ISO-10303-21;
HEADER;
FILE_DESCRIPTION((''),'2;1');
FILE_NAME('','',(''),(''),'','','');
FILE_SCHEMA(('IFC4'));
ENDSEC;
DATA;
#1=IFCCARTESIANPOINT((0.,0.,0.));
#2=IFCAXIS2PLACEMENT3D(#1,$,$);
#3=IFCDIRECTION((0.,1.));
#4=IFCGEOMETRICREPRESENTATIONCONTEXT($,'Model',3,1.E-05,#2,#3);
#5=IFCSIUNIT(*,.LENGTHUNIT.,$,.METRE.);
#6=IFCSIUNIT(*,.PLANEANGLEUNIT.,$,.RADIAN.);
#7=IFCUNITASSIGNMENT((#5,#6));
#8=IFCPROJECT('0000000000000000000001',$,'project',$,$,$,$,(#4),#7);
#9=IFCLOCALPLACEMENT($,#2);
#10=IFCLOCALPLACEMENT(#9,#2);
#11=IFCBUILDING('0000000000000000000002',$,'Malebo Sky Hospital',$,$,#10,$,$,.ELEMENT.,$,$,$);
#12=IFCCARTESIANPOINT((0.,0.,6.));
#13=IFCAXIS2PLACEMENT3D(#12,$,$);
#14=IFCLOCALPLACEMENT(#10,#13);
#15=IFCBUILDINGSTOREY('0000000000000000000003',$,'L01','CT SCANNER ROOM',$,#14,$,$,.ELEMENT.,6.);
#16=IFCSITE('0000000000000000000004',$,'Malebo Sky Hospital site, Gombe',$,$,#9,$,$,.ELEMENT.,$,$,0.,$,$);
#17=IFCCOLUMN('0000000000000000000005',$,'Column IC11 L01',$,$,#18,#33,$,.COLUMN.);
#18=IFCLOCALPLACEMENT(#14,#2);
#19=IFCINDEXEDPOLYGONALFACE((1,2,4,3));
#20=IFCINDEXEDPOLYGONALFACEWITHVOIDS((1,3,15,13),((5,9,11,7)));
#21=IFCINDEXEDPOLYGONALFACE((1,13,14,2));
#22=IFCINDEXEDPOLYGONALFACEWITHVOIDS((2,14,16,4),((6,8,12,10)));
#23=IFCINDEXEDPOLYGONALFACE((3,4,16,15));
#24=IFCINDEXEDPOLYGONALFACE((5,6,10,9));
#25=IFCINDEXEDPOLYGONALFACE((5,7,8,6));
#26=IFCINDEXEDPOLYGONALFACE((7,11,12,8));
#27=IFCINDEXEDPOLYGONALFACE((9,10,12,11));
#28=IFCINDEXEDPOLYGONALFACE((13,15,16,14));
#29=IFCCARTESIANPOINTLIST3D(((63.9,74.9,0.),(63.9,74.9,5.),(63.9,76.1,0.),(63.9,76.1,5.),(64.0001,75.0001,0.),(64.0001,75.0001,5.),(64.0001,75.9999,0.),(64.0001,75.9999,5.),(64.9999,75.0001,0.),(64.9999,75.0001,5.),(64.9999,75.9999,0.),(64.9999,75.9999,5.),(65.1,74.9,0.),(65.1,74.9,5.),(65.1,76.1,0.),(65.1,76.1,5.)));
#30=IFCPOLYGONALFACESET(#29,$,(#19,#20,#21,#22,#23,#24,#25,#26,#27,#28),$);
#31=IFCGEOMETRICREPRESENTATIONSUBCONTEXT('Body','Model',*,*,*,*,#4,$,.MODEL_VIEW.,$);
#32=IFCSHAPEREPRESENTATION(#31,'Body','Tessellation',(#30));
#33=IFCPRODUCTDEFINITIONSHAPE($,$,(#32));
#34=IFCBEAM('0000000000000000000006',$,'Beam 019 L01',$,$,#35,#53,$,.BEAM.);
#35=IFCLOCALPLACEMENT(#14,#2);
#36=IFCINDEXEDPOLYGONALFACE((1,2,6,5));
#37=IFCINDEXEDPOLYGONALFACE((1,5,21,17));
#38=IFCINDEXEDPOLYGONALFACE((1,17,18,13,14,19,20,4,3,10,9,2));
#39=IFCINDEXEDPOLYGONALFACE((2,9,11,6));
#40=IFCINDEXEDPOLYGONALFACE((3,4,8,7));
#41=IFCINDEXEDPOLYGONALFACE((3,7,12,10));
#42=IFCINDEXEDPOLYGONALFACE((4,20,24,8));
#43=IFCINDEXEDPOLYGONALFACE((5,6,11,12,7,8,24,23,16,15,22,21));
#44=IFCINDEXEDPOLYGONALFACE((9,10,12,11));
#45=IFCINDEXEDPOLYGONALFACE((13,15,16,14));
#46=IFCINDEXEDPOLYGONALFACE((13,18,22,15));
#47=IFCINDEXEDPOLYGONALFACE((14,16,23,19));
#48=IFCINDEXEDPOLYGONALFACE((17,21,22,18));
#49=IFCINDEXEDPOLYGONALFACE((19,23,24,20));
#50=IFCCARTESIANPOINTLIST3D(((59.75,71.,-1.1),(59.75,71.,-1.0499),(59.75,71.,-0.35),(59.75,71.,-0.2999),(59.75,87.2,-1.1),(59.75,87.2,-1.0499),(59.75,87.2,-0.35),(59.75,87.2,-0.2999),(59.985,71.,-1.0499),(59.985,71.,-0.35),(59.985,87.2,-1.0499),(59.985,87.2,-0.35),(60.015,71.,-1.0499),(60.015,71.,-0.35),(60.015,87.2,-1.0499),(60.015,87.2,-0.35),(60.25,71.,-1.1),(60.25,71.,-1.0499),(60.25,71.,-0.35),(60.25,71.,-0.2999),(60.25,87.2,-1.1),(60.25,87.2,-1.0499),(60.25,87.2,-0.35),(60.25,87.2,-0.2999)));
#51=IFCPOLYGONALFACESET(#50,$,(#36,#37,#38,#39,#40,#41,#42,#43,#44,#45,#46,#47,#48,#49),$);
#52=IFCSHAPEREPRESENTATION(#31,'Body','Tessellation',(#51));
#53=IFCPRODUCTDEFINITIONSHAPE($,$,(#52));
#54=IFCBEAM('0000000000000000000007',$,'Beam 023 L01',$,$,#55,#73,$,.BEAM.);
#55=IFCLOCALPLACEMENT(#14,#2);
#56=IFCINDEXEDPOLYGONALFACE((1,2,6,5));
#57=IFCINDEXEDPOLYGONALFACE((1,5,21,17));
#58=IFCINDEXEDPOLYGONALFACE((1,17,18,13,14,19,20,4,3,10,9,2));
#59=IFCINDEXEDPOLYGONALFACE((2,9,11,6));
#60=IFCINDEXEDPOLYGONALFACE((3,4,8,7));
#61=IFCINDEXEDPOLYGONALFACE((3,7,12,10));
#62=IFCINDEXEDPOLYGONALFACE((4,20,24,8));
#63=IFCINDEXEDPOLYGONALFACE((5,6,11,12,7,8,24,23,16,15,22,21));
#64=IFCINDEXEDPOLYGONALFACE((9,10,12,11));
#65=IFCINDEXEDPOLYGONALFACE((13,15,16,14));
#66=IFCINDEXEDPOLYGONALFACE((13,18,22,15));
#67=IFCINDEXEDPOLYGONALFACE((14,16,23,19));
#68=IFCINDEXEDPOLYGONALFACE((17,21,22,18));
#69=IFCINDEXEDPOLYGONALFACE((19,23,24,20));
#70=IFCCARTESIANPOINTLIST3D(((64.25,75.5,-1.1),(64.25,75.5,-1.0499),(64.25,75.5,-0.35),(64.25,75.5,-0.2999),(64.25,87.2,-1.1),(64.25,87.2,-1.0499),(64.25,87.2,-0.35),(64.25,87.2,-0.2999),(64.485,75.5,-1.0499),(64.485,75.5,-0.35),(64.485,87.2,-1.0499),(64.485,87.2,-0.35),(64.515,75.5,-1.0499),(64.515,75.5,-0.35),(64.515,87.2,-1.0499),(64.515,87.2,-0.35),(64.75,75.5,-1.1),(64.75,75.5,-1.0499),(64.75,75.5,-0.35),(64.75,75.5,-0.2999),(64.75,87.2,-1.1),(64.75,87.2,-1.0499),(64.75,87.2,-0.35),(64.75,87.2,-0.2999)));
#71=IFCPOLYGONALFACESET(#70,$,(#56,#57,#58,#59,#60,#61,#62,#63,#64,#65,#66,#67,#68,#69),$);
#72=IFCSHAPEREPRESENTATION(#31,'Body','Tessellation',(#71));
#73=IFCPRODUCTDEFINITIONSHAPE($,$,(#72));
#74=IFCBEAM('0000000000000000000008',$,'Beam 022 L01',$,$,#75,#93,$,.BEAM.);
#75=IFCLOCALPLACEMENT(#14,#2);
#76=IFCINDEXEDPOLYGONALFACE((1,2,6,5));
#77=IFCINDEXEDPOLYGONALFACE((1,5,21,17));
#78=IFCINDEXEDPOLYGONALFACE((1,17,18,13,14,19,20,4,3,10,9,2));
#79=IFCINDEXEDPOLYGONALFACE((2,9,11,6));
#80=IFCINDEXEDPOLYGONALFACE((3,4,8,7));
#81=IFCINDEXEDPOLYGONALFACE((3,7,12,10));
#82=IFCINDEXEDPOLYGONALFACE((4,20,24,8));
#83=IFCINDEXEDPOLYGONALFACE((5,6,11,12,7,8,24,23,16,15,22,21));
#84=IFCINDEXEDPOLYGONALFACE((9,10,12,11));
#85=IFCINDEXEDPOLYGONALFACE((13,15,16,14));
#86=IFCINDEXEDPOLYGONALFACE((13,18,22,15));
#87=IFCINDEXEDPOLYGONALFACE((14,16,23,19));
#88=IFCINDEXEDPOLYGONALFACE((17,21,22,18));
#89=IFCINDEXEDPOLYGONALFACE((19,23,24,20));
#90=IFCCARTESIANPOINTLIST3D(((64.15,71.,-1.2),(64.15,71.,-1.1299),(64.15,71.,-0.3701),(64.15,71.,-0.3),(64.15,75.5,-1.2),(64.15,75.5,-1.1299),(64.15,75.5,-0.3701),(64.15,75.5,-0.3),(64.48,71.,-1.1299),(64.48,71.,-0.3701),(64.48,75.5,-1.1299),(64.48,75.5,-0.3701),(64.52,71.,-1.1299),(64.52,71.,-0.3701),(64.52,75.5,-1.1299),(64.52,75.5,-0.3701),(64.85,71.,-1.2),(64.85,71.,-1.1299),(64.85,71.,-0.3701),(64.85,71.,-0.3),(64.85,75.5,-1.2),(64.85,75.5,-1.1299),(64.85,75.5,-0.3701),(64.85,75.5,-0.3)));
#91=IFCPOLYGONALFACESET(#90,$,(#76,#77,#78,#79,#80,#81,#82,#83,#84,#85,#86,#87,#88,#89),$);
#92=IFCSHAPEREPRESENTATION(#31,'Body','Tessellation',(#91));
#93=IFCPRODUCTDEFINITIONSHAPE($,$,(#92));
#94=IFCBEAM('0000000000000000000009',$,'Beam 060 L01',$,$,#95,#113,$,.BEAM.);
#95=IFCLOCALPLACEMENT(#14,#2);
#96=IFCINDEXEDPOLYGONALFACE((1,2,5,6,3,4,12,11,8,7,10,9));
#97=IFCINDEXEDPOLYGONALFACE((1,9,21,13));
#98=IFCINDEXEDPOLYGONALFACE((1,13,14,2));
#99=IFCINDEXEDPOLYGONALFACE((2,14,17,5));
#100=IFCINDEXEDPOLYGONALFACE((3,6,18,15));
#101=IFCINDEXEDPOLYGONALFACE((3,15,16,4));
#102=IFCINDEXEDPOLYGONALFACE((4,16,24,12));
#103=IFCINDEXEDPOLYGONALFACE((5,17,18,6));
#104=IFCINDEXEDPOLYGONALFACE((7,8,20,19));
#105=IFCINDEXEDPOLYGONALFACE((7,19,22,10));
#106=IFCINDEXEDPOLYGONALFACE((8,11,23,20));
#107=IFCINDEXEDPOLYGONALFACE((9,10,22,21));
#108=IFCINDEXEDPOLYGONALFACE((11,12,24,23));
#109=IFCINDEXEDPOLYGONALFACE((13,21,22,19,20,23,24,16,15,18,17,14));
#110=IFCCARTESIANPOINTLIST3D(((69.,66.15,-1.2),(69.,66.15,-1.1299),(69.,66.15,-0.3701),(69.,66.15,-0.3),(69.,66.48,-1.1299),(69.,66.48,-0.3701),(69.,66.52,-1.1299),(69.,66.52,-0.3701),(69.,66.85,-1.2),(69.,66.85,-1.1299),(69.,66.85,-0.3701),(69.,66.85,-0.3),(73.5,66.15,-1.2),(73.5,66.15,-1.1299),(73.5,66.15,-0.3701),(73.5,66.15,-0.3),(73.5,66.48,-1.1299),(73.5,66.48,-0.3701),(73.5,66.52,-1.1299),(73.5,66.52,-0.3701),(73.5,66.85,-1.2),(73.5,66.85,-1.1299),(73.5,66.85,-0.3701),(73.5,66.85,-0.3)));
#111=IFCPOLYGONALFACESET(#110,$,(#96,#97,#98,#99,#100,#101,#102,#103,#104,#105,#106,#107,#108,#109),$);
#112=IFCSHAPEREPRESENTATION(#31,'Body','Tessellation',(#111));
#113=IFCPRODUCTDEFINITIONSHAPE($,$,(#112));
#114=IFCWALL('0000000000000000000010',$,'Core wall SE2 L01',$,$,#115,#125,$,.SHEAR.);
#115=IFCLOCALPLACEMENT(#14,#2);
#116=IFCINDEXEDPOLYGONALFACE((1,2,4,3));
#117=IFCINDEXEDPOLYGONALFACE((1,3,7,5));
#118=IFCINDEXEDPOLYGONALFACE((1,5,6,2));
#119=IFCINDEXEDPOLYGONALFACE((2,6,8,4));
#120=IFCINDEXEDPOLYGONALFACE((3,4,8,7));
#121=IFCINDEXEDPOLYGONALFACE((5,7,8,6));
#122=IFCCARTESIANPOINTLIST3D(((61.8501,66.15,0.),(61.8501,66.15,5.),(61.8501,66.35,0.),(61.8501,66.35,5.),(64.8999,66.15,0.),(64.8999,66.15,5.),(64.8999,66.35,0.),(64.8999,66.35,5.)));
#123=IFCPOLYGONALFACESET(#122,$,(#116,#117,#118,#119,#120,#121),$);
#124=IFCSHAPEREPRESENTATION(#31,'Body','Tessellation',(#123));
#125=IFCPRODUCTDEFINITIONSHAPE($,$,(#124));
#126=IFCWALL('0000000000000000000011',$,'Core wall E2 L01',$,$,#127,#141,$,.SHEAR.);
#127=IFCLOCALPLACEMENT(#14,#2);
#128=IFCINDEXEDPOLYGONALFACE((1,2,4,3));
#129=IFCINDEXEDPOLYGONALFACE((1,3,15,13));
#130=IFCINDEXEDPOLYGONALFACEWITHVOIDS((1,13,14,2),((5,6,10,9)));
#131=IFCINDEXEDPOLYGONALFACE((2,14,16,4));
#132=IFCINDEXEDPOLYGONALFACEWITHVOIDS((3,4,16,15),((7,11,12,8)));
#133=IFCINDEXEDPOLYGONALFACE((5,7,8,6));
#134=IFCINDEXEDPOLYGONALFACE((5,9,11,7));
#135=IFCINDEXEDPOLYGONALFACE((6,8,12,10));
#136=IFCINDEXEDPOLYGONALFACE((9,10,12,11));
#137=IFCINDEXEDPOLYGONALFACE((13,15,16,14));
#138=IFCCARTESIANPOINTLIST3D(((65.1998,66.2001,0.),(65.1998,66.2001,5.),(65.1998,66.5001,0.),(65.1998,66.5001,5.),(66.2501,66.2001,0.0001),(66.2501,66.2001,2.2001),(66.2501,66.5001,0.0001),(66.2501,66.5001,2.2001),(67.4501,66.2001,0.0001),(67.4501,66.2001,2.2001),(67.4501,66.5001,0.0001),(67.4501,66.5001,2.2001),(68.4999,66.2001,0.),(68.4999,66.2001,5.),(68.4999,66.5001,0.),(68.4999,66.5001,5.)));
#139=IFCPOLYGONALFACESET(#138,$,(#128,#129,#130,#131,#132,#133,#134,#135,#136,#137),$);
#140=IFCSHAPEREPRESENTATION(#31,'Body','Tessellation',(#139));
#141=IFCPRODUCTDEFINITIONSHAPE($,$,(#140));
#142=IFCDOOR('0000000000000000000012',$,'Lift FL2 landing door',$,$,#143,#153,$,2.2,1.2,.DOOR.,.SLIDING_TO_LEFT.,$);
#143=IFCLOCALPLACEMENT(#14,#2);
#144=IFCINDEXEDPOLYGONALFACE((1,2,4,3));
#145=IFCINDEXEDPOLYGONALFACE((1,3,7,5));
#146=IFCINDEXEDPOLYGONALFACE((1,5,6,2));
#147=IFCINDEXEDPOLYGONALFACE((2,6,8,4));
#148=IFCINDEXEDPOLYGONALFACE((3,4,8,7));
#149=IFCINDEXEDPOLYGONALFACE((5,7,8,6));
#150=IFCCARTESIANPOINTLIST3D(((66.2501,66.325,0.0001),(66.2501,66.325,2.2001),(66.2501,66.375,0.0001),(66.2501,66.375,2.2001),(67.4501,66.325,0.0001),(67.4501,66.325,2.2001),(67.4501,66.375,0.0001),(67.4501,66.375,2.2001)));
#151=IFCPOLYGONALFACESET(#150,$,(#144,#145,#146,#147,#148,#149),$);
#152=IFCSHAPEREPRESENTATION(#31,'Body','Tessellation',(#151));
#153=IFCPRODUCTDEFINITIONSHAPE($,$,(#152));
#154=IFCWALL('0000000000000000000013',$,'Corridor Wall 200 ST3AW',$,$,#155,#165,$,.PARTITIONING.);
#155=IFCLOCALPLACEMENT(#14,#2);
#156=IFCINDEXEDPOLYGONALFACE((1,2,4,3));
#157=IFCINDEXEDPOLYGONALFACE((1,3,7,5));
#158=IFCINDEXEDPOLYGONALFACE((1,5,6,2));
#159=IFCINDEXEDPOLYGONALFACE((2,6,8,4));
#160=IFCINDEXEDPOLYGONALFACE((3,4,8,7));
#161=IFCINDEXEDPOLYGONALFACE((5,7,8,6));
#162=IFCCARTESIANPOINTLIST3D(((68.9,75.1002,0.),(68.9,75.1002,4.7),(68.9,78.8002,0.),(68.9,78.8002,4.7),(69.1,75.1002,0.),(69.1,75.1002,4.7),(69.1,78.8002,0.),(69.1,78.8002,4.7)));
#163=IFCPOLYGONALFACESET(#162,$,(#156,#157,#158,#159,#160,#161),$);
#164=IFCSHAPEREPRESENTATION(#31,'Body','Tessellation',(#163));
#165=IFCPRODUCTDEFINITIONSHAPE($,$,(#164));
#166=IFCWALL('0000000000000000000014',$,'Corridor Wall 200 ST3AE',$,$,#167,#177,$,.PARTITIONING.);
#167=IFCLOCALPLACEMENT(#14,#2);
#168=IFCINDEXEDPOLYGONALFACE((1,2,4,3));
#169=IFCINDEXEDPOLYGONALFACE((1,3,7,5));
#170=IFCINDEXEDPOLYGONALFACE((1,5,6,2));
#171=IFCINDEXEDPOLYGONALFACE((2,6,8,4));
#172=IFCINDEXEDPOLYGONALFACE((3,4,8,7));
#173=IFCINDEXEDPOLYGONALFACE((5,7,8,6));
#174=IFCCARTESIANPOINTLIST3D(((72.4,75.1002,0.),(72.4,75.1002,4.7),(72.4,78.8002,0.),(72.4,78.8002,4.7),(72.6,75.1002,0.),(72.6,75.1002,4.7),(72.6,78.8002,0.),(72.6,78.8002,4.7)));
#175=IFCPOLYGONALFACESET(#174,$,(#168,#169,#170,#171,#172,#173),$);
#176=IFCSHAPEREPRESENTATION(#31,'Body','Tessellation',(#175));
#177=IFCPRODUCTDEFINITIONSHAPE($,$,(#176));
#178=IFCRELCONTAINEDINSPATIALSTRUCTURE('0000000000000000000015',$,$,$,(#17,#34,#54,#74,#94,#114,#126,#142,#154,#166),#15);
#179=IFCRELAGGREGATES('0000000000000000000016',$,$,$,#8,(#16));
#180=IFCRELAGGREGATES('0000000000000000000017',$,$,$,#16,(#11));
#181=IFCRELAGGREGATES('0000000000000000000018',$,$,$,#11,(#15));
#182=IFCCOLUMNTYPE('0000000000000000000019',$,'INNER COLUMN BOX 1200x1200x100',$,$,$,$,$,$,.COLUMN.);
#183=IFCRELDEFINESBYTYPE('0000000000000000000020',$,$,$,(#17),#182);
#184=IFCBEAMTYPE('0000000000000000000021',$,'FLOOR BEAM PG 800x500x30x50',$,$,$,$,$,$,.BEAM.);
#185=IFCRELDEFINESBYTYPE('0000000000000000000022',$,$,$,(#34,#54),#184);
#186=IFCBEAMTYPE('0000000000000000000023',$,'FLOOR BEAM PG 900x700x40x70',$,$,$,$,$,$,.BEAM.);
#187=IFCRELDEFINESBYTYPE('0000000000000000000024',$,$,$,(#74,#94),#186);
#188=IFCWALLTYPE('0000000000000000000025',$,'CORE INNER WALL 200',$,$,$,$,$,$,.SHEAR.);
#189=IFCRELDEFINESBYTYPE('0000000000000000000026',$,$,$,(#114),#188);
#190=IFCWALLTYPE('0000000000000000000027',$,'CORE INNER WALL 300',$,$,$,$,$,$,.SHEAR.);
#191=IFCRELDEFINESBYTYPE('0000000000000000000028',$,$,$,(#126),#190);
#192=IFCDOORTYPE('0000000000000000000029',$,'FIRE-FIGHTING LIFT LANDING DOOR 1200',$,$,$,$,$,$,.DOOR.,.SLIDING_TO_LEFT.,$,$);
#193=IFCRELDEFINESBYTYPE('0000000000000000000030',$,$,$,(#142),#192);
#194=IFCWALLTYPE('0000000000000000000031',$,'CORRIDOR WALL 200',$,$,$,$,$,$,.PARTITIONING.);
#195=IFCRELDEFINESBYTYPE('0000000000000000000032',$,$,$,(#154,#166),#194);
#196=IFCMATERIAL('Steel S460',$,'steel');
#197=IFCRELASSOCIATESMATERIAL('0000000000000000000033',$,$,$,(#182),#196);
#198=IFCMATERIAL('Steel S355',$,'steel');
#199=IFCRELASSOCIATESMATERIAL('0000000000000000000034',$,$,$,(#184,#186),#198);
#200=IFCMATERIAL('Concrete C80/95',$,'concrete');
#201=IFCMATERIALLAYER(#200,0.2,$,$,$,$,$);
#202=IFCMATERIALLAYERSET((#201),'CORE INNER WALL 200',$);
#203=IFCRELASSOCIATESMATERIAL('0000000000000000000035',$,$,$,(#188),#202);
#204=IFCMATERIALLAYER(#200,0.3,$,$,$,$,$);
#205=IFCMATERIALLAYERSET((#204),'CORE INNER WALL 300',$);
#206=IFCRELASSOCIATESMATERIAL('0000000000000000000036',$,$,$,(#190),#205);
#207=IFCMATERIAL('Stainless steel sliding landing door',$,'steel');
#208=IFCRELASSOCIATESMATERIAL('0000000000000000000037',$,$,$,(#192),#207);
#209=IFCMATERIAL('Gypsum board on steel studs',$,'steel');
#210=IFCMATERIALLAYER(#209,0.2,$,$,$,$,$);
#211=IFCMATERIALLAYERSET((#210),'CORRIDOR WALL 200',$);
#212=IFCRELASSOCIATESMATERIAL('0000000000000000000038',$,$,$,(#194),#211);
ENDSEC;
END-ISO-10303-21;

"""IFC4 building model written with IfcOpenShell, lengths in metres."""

from ifc_helpers import new_model, si_unit, direction, frame, frame_2d, origin, origin_2d, place, context, subcontext, project, spatial, rectangle, hollow_rectangle, i_section, extrude, material, layer, layer_set, material_profile, profile_set, type_object, element, fill, save


model = new_model("IFC4")

# Units and contexts
model_context = context("Model", 3, precision=1e-05, world=origin(), true_north=direction((0.0, 1.0)))
body_context = subcontext(model_context, "Body", "Model", "MODEL_VIEW")
ifc_project = project(units=[si_unit("LENGTHUNIT", "METRE"), si_unit("PLANEANGLEUNIT", "RADIAN")], contexts=[model_context])

# Site, building, storey
site_placement = place(None, origin())
site = spatial("IfcSite", under=ifc_project, at=site_placement, Name="Malebo Sky Hospital site, Gombe", CompositionType="ELEMENT", RefElevation=0.0)
building_placement = place(site_placement, origin())
building = spatial("IfcBuilding", under=site, at=building_placement, Name="Malebo Sky Hospital", CompositionType="ELEMENT")
storey_placement = place(building_placement, frame((0.0, 0.0, 6.0)))
storey = spatial("IfcBuildingStorey", under=building, at=storey_placement, Name="L01", Description="CT SCANNER ROOM", CompositionType="ELEMENT", Elevation=6.0)

# Column
ifc_material_1 = material(Name="Steel S460", Category="steel")
ifc_material_profile_1 = material_profile(ifc_material_1, hollow_rectangle(XDim=1.2, YDim=1.2, WallThickness=0.1001, at=origin_2d()), Name="BOX 1200x1200x100")
ifc_profile_set_1 = profile_set([ifc_material_profile_1], Name="Steel S460")
column_type = type_object("IfcColumnType", Name="INNER COLUMN BOX 1200x1200x100", PredefinedType="COLUMN", material=ifc_profile_set_1)
column_placement = place(storey_placement, frame((64.5, 75.5, 0.0), z_axis=(0.0, 0.0, 1.0), x_axis=(1.0, 0.0, 0.0)))
element("IfcColumn", 1, at=column_placement, inside=storey, type_object=column_type, Name="Column IC11 L01", PredefinedType="COLUMN", context=body_context, shape_type="SweptSolid", body=[
    extrude(hollow_rectangle(XDim=1.2, YDim=1.2, WallThickness=0.1001, at=origin_2d()), origin(), (0.0, 0.0, 1.0), 5.0),
])

# Beams
ifc_material_2 = material(Name="Steel S355", Category="steel")
ifc_material_profile_2 = material_profile(ifc_material_2, i_section(OverallWidth=0.5, OverallDepth=0.8, WebThickness=0.03, FlangeThickness=0.05, at=origin_2d()), Name="PG 800x500x30x50")
ifc_profile_set_2 = profile_set([ifc_material_profile_2], Name="Steel S355")
beam_type_1 = type_object("IfcBeamType", Name="FLOOR BEAM PG 800x500x30x50", PredefinedType="BEAM", material=ifc_profile_set_2)
beam_1_placement = place(storey_placement, frame((60.0, 71.0, -0.7), z_axis=(0.0, 1.0, 0.0), x_axis=(-1.0, 0.0, 0.0)))
element("IfcBeam", 2, at=beam_1_placement, inside=storey, type_object=beam_type_1, Name="Beam 019 L01", PredefinedType="BEAM", context=body_context, shape_type="SweptSolid", body=[
    extrude(i_section(OverallWidth=0.5, OverallDepth=0.8, WebThickness=0.03, FlangeThickness=0.05, at=origin_2d()), origin(), (0.0, 0.0, 1.0), 16.2),
])
beam_2_placement = place(storey_placement, frame((64.5, 75.5, -0.7), z_axis=(0.0, 1.0, 0.0), x_axis=(-1.0, 0.0, 0.0)))
element("IfcBeam", 3, at=beam_2_placement, inside=storey, type_object=beam_type_1, Name="Beam 023 L01", PredefinedType="BEAM", context=body_context, shape_type="SweptSolid", body=[
    extrude(i_section(OverallWidth=0.5, OverallDepth=0.8, WebThickness=0.03, FlangeThickness=0.05, at=origin_2d()), origin(), (0.0, 0.0, 1.0), 11.7),
])
ifc_material_profile_3 = material_profile(ifc_material_2, i_section(OverallWidth=0.7, OverallDepth=0.8999, WebThickness=0.04, FlangeThickness=0.0701, at=origin_2d()), Name="PG 900x700x40x70")
ifc_profile_set_3 = profile_set([ifc_material_profile_3], Name="Steel S355")
beam_type_2 = type_object("IfcBeamType", Name="FLOOR BEAM PG 900x700x40x70", PredefinedType="BEAM", material=ifc_profile_set_3)
for number, where, z_axis, x_axis, name in (
    (4, (64.5, 71.0, -0.75), (0.0, 1.0, 0.0), (-1.0, 0.0, 0.0), "Beam 022 L01"),
    (5, (69.0, 66.5, -0.75), (1.0, 0.0, 0.0), (0.0, 1.0, 0.0), "Beam 060 L01"),
):
    element("IfcBeam", number, at=place(storey_placement, frame(where, z_axis=z_axis, x_axis=x_axis)), inside=storey, type_object=beam_type_2, Name=name, PredefinedType="BEAM", context=body_context, shape_type="SweptSolid", body=[
        extrude(i_section(OverallWidth=0.7, OverallDepth=0.8999, WebThickness=0.04, FlangeThickness=0.0701, at=origin_2d()), origin(), (0.0, 0.0, 1.0), 4.5),
    ])

# Wall
ifc_material_3 = material(Name="Concrete C80/95", Category="concrete")
ifc_layer_1 = layer(ifc_material_3, 0.2)
ifc_layer_set_1 = layer_set([ifc_layer_1], Name="CORE INNER WALL 200")
wall_type_1 = type_object("IfcWallType", Name="CORE INNER WALL 200", PredefinedType="SHEAR", material=ifc_layer_set_1)
wall_1_placement = place(storey_placement, frame((61.8501, 66.25, 0.0), z_axis=(0.0, 0.0, 1.0), x_axis=(1.0, 0.0, 0.0)))
element("IfcWall", 6, at=wall_1_placement, inside=storey, type_object=wall_type_1, Name="Core wall SE2 L01", PredefinedType="SHEAR", context=body_context, shape_type="SweptSolid", body=[
    extrude(rectangle(XDim=3.0498, YDim=0.2, at=frame_2d((1.5249, 0.0))), origin(), (0.0, 0.0, 1.0), 5.0),
])

# Wall, opening, door
ifc_layer_2 = layer(ifc_material_3, 0.3)
ifc_layer_set_2 = layer_set([ifc_layer_2], Name="CORE INNER WALL 300")
wall_type_2 = type_object("IfcWallType", Name="CORE INNER WALL 300", PredefinedType="SHEAR", material=ifc_layer_set_2)
wall_2_placement = place(storey_placement, frame((65.2, 66.3501, 0.0), z_axis=(0.0, 0.0, 1.0), x_axis=(1.0, 0.0, 0.0)))
wall_2 = element("IfcWall", 7, at=wall_2_placement, inside=storey, type_object=wall_type_2, Name="Core wall E2 L01", PredefinedType="SHEAR", context=body_context, shape_type="SweptSolid", body=[
    extrude(rectangle(XDim=3.3, YDim=0.3, at=frame_2d((1.6499, 0.0))), origin(), (0.0, 0.0, 1.0), 5.0),
])
opening_1_placement = place(wall_2_placement, frame((1.05, 0.0, 0.0)))
opening_1 = element("IfcOpeningElement", 8, at=opening_1_placement, cuts=wall_2, PredefinedType="OPENING", context=body_context, shape_type="SweptSolid", body=[
    extrude(rectangle(XDim=1.2, YDim=2.2, at=frame_2d((0.6001, 1.1001))), frame((0.0, 0.1599, 0.0), z_axis=(0.0, -1.0, 0.0), x_axis=(1.0, 0.0, 0.0)), (0.0, 0.0, 1.0), 0.3201),
])
ifc_material_4 = material(Name="Stainless steel sliding landing door", Category="steel")
door_type_1 = type_object("IfcDoorType", Name="FIRE-FIGHTING LIFT LANDING DOOR 1200", OperationType="SLIDING_TO_LEFT", PredefinedType="DOOR", material=ifc_material_4)
door_1_placement = place(opening_1_placement, origin())
door_1 = element("IfcDoor", 9, at=door_1_placement, inside=storey, type_object=door_type_1, Name="Lift FL2 landing door", OperationType="SLIDING_TO_LEFT", OverallHeight=2.2, OverallWidth=1.2, PredefinedType="DOOR", context=body_context, shape_type="SweptSolid", body=[
    extrude(rectangle(XDim=1.2, YDim=2.2, at=frame_2d((0.6001, 1.1001))), frame((0.0, 0.0249, 0.0), z_axis=(0.0, -1.0, 0.0), x_axis=(1.0, 0.0, 0.0)), (0.0, 0.0, 1.0), 0.05),
])
fill(opening_1, door_1)

# Walls
ifc_material_5 = material(Name="Gypsum board on steel studs", Category="steel")
ifc_layer_3 = layer(ifc_material_5, 0.2)
ifc_layer_set_3 = layer_set([ifc_layer_3], Name="CORRIDOR WALL 200")
wall_type_3 = type_object("IfcWallType", Name="CORRIDOR WALL 200", PredefinedType="PARTITIONING", material=ifc_layer_set_3)
for number, where, z_axis, x_axis, name in (
    (10, (69.0, 75.1001, 0.0), (0.0, 0.0, 1.0), (0.0, 1.0, 0.0), "Corridor Wall 200 ST3AW"),
    (11, (72.5, 75.1001, 0.0), (0.0, 0.0, 1.0), (0.0, 1.0, 0.0), "Corridor Wall 200 ST3AE"),
):
    element("IfcWall", number, at=place(storey_placement, frame(where, z_axis=z_axis, x_axis=x_axis)), inside=storey, type_object=wall_type_3, Name=name, PredefinedType="PARTITIONING", context=body_context, shape_type="SweptSolid", body=[
        extrude(rectangle(XDim=3.7, YDim=0.2, at=frame_2d((1.8501, 0.0))), origin(), (0.0, 0.0, 1.0), 4.7),
    ])

save(model, "model.ifc")
